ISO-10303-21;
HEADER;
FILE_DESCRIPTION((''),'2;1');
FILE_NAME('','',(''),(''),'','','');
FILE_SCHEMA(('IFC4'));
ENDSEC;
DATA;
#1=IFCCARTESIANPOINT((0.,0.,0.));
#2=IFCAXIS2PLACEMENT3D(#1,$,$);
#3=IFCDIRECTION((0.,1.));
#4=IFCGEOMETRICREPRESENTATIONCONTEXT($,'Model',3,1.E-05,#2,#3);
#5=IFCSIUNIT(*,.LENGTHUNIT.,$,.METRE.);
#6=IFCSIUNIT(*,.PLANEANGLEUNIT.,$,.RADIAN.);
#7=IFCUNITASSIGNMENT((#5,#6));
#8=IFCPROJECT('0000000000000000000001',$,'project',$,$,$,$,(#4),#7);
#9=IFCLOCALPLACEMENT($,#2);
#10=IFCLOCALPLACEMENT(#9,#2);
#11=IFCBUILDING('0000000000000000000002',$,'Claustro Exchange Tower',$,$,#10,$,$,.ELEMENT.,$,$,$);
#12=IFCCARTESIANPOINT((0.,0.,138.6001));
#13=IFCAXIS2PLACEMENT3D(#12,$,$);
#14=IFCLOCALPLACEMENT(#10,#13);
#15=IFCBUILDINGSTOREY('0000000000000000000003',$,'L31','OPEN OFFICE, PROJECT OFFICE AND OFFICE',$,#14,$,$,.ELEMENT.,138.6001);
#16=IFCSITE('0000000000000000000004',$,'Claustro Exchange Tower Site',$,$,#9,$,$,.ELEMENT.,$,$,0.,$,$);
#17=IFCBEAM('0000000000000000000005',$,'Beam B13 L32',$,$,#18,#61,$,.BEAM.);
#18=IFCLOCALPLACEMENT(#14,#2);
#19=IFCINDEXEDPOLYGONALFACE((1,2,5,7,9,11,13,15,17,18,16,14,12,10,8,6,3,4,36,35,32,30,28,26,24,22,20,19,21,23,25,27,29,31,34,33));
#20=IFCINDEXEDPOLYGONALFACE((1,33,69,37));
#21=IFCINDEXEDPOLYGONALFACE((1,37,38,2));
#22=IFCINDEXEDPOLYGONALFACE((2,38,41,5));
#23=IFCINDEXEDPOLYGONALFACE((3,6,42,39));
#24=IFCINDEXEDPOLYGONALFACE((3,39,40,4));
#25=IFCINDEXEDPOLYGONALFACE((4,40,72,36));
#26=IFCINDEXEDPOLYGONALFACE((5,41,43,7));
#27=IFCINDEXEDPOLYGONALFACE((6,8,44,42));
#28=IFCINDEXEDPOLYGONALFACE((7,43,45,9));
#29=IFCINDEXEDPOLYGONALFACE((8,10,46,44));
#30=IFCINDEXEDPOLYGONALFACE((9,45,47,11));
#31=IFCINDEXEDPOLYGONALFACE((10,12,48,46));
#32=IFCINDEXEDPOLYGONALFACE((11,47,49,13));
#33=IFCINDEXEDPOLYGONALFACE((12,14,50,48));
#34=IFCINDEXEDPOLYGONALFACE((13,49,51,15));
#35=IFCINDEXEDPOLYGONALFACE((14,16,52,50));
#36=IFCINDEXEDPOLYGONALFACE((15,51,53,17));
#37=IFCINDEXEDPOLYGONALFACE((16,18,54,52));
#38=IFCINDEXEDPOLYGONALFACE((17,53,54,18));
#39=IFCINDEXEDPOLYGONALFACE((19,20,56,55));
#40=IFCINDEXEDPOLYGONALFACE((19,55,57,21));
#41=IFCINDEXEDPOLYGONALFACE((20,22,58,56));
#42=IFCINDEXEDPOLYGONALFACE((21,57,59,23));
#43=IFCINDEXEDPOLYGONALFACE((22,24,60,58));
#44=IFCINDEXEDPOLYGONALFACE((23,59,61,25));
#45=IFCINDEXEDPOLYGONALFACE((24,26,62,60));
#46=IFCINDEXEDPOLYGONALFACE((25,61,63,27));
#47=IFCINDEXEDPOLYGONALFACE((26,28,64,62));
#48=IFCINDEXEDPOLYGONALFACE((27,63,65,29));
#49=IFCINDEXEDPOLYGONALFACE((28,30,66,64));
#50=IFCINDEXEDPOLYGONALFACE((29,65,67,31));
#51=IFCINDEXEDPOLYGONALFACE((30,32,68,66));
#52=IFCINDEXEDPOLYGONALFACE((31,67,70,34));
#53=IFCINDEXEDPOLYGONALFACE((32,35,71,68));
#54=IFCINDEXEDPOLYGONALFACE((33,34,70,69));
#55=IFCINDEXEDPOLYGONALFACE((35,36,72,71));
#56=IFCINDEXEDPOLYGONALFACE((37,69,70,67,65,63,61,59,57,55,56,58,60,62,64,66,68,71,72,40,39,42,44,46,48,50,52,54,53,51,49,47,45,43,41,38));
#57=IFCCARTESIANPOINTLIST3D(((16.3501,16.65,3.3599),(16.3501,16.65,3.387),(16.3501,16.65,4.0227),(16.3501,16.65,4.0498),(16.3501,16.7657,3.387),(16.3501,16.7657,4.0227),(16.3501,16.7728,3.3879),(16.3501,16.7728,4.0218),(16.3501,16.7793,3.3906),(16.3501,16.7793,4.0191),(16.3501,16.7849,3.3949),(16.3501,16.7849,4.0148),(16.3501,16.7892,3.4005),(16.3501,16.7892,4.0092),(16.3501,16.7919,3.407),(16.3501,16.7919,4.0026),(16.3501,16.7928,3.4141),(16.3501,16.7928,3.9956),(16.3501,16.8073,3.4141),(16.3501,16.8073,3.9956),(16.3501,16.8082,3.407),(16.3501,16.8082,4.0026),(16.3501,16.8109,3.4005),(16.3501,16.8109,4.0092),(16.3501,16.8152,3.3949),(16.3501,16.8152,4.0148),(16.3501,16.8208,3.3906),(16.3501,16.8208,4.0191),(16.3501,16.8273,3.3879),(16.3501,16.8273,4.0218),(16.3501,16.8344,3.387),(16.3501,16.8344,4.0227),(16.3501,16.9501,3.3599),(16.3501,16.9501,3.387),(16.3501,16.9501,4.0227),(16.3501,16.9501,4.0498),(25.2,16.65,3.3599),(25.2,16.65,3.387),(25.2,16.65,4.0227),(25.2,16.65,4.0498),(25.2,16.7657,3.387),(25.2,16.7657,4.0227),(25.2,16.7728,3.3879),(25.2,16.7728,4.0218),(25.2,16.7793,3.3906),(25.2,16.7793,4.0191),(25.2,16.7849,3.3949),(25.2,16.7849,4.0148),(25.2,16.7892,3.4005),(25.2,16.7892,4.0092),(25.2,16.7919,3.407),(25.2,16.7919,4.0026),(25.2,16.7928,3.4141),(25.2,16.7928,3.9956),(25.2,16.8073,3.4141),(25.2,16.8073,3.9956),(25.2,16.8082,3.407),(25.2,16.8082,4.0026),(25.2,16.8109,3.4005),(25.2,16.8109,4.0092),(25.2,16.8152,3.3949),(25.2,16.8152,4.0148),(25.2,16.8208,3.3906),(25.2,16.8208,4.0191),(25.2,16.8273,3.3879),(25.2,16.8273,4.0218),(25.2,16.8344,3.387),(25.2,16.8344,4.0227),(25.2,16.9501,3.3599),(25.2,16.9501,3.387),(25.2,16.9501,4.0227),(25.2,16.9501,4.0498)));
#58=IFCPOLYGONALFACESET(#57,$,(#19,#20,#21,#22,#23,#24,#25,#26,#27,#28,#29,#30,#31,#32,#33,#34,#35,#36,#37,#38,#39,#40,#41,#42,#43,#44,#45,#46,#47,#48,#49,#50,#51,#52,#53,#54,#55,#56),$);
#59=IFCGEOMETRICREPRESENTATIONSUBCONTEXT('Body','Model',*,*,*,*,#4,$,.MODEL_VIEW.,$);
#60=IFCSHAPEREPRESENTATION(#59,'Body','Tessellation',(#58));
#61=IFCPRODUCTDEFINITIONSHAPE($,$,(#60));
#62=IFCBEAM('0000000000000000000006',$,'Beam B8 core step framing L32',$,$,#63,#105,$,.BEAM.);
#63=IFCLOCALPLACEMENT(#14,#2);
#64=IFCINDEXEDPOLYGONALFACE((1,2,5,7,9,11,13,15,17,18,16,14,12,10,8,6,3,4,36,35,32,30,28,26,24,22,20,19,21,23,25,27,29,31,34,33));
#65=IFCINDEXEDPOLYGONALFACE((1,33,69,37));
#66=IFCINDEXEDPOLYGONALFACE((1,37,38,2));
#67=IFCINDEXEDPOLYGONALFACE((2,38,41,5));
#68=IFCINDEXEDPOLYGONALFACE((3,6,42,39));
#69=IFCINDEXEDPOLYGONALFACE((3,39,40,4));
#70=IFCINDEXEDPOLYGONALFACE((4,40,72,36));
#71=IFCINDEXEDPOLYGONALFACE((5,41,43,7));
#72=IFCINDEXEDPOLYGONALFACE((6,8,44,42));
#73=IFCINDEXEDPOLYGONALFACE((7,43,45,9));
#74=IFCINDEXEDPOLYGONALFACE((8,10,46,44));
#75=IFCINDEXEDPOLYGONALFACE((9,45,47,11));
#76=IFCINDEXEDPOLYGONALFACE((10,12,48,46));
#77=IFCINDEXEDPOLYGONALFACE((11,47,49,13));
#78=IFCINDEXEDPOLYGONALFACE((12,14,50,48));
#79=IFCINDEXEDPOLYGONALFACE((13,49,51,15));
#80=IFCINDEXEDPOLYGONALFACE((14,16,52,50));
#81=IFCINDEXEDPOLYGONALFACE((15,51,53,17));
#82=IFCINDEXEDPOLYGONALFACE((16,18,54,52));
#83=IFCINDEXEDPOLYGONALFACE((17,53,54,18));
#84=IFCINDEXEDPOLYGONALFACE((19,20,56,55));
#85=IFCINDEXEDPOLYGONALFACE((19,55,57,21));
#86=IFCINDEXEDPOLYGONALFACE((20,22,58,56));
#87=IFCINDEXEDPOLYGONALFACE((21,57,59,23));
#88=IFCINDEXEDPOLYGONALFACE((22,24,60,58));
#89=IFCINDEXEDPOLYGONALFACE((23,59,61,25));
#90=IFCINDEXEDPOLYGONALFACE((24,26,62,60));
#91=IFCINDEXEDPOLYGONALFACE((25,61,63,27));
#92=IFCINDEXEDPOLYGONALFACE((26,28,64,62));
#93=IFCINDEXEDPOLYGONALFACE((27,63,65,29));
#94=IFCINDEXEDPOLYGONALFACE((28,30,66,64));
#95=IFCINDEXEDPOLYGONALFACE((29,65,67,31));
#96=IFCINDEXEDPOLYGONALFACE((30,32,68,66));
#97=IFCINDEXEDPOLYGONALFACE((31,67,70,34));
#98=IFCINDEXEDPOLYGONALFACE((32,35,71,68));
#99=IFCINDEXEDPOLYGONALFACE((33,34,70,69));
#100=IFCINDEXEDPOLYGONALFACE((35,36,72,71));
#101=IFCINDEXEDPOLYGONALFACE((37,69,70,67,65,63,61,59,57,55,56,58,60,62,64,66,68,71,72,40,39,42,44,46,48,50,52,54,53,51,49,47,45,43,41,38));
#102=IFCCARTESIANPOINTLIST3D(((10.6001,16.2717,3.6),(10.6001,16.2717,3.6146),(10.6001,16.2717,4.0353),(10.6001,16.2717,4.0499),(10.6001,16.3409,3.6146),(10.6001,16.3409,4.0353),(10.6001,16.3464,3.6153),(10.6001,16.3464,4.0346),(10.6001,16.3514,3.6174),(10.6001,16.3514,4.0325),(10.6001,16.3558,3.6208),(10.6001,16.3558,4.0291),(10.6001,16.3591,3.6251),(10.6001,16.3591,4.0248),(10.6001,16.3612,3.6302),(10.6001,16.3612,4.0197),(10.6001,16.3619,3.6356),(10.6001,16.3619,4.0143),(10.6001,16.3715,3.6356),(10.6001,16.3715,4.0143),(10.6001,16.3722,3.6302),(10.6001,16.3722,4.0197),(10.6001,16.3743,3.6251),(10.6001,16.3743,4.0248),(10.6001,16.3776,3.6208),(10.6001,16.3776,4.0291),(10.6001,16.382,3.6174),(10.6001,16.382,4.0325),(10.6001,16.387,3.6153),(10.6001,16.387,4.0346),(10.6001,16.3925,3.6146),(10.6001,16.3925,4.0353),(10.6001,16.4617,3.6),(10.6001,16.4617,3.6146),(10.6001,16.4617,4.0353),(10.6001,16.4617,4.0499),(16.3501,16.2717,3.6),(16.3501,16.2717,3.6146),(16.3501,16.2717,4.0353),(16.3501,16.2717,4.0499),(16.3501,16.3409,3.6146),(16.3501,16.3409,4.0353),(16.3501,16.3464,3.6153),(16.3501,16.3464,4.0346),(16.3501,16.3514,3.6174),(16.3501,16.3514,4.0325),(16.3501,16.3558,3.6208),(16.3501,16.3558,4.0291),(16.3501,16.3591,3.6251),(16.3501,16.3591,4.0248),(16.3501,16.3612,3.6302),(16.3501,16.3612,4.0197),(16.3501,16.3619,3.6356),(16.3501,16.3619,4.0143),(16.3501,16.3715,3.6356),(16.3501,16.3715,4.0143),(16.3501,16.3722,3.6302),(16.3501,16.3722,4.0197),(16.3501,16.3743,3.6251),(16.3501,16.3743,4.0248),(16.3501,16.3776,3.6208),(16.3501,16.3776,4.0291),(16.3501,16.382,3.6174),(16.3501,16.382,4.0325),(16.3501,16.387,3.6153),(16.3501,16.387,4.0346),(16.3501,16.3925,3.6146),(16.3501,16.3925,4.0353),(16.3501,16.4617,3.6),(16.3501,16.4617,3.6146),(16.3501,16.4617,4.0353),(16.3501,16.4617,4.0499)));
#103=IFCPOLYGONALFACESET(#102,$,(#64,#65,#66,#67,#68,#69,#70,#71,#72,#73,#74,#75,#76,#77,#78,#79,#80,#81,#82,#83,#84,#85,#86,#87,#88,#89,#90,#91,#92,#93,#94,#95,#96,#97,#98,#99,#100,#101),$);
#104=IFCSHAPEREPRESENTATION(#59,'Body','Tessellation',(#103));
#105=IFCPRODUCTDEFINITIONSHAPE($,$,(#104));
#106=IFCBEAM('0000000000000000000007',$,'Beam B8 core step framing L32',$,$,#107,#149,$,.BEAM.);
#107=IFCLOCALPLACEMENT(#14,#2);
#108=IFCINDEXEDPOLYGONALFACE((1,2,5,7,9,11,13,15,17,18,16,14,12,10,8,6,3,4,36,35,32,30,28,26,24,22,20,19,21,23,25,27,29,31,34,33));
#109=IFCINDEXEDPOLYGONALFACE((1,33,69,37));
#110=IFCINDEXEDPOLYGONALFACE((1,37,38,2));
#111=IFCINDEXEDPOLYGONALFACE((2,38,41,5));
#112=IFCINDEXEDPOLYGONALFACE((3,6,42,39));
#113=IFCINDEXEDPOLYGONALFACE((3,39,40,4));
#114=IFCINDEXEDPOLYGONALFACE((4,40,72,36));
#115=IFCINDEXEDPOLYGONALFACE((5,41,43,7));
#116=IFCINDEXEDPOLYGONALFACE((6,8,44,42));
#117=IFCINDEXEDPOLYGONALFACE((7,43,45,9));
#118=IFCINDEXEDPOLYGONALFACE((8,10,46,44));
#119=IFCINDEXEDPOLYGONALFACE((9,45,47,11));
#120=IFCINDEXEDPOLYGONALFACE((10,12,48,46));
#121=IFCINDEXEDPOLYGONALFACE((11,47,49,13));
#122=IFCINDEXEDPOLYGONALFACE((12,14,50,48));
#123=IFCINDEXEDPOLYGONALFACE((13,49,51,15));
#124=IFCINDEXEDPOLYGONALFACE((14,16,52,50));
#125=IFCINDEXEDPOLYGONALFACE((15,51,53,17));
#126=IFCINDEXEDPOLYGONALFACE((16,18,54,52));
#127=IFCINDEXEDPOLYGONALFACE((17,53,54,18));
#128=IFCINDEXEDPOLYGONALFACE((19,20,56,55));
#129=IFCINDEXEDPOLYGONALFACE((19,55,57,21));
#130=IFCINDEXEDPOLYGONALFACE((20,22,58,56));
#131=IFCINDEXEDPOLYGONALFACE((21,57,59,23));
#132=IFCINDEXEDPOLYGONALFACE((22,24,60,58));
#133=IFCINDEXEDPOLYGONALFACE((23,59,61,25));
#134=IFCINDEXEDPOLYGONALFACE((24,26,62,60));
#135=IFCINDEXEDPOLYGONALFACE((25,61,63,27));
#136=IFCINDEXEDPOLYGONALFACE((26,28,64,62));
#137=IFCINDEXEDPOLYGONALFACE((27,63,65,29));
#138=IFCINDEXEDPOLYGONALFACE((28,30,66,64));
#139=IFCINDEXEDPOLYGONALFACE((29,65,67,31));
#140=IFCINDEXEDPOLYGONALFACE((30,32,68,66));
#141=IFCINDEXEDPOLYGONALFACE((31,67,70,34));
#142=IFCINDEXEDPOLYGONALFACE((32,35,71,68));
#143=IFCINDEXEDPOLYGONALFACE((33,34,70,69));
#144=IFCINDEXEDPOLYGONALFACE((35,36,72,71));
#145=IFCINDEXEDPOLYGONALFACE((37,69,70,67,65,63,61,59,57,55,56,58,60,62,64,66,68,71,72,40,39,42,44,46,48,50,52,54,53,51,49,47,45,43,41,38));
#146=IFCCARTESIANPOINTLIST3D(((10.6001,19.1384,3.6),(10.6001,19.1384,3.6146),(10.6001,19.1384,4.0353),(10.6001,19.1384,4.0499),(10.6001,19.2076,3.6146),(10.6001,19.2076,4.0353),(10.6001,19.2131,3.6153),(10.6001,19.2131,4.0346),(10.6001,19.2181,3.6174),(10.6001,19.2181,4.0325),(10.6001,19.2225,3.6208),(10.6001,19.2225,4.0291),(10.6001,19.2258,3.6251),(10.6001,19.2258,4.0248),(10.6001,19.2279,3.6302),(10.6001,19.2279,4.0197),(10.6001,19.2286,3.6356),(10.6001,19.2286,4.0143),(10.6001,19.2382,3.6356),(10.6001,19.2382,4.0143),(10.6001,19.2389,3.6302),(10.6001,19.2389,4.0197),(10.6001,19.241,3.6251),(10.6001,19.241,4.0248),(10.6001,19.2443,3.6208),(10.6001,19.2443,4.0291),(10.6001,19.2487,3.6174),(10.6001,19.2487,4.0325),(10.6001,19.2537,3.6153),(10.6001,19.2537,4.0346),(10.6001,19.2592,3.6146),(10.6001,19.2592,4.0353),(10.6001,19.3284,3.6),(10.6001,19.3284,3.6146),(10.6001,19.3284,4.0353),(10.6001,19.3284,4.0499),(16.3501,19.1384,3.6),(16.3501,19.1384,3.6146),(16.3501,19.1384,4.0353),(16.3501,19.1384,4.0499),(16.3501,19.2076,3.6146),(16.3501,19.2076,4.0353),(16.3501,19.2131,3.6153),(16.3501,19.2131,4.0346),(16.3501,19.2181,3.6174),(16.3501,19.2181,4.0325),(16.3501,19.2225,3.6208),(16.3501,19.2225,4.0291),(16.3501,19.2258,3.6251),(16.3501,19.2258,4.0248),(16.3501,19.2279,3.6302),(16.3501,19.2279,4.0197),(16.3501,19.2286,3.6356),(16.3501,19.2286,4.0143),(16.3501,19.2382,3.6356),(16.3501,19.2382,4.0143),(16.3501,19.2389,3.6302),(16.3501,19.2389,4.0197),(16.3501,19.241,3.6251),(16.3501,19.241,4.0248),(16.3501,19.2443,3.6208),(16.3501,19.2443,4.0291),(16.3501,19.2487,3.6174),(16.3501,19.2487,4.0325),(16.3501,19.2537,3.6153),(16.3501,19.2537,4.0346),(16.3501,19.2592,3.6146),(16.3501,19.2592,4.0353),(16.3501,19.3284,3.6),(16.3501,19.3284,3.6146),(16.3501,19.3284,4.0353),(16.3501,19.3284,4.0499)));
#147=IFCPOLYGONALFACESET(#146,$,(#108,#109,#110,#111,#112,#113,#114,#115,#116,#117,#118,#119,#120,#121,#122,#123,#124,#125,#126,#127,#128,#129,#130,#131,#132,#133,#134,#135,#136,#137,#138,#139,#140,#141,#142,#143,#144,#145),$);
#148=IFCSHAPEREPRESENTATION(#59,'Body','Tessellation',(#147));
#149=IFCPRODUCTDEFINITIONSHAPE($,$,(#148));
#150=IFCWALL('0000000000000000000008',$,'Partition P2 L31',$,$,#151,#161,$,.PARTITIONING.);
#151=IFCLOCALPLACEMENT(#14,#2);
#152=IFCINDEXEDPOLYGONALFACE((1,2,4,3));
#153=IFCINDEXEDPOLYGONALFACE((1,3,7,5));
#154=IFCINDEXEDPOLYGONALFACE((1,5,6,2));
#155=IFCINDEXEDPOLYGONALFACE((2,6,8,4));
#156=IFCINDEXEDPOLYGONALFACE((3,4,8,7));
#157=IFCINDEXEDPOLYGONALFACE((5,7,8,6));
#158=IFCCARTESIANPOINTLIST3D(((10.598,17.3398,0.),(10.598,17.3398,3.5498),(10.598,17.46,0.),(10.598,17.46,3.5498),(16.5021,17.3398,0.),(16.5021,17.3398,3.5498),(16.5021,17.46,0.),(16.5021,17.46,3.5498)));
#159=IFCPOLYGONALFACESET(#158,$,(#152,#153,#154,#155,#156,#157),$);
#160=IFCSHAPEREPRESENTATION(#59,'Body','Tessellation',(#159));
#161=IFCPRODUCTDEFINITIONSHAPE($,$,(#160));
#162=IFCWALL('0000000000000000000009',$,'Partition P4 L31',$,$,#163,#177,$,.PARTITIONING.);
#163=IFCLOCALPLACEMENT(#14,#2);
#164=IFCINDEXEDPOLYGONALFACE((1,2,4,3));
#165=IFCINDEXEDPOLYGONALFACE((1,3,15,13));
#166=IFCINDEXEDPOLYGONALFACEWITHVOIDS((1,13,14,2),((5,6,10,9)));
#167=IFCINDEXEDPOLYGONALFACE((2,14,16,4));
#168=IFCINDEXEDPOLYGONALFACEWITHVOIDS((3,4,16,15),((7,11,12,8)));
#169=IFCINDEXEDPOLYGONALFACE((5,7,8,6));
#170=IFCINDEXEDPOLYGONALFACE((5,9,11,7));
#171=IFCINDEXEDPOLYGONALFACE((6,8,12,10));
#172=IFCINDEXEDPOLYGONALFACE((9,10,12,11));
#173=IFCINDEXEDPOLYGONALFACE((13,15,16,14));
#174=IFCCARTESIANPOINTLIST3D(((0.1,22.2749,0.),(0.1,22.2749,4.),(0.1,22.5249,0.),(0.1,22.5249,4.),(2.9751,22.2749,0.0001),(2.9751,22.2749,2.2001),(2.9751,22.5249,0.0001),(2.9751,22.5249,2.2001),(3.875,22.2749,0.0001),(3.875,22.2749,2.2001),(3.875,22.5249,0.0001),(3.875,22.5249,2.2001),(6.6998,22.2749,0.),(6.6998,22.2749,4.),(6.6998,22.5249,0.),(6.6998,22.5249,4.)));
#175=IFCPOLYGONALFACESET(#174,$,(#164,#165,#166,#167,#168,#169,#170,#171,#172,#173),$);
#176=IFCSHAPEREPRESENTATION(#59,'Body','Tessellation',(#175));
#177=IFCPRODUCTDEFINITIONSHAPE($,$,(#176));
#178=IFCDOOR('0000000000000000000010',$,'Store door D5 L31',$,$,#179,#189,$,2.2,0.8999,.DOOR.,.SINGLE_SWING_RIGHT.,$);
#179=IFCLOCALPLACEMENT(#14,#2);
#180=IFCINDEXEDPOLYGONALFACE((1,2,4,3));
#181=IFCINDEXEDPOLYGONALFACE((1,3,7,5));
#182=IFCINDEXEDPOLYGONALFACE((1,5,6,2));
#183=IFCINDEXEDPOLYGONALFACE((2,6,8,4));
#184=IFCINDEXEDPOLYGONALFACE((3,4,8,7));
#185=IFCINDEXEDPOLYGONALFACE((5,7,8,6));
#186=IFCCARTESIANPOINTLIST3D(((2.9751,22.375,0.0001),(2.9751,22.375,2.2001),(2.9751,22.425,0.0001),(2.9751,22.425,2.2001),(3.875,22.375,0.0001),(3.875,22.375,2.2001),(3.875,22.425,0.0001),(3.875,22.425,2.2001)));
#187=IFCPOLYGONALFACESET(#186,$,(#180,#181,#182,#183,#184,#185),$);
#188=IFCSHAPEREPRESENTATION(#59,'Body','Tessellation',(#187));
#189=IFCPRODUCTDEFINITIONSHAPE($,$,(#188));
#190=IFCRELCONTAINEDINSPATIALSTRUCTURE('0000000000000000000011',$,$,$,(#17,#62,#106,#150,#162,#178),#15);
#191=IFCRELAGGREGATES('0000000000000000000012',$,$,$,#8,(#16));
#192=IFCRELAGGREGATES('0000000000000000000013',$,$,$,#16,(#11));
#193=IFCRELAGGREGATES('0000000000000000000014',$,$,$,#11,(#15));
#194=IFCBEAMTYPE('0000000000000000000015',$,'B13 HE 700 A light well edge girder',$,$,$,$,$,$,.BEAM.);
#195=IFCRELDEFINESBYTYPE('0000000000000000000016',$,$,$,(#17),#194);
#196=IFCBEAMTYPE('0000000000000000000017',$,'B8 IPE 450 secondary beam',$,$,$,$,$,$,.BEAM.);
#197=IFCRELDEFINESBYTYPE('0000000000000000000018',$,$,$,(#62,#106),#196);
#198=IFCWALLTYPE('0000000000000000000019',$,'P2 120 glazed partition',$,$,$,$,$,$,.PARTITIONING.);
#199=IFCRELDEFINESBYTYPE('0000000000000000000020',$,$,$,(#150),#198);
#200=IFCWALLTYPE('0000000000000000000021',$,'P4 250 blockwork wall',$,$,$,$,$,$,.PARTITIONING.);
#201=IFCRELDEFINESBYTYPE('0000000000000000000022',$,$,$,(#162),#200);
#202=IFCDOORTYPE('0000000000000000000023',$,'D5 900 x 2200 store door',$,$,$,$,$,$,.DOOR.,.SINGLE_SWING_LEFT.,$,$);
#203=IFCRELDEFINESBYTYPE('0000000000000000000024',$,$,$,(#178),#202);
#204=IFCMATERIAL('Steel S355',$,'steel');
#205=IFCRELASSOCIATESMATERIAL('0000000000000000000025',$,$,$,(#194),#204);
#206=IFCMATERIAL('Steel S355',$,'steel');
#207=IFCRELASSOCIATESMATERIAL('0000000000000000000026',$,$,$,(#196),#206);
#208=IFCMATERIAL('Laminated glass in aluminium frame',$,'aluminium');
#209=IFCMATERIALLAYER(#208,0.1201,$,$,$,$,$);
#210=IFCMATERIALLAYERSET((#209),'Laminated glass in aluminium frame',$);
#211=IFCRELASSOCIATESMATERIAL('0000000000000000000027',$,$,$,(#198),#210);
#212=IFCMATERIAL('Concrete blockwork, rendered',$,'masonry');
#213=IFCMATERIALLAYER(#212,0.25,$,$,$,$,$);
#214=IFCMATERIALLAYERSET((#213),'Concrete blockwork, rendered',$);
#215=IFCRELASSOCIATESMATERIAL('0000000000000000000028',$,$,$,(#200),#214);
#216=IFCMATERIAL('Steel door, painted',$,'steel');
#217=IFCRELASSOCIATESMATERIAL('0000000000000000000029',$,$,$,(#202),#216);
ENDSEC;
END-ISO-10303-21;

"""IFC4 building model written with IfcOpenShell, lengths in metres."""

from ifc_helpers import new_model, si_unit, direction, frame, frame_2d, origin, origin_2d, place, context, subcontext, project, spatial, rectangle, i_section, extrude, material, layer, layer_set, material_profile, profile_set, type_object, element, fill, save


model = new_model("IFC4")

# Units and contexts
model_context = context("Model", 3, precision=1e-05, world=origin(), true_north=direction((0.0, 1.0)))
body_context = subcontext(model_context, "Body", "Model", "MODEL_VIEW")
ifc_project = project(units=[si_unit("LENGTHUNIT", "METRE"), si_unit("PLANEANGLEUNIT", "RADIAN")], contexts=[model_context])

# Site, building, storey
site_placement = place(None, origin())
site = spatial("IfcSite", under=ifc_project, at=site_placement, Name="Claustro Exchange Tower Site", CompositionType="ELEMENT", RefElevation=0.0)
building_placement = place(site_placement, origin())
building = spatial("IfcBuilding", under=site, at=building_placement, Name="Claustro Exchange Tower", CompositionType="ELEMENT")
storey_placement = place(building_placement, frame((0.0, 0.0, 138.6001)))
storey = spatial("IfcBuildingStorey", under=building, at=storey_placement, Name="L31", Description="OPEN OFFICE, PROJECT OFFICE AND OFFICE", CompositionType="ELEMENT", Elevation=138.6001)

# Beams
ifc_material_1 = material(Name="Steel S355", Category="steel")
ifc_material_profile_1 = material_profile(ifc_material_1, i_section(OverallWidth=0.3, OverallDepth=0.6899, WebThickness=0.0144, FlangeThickness=0.0271, FilletRadius=0.0271, at=origin_2d()), Name="HE 700 A")
ifc_profile_set_1 = profile_set([ifc_material_profile_1], Name="Steel S355")
beam_type_1 = type_object("IfcBeamType", Name="B13 HE 700 A light well edge girder", PredefinedType="BEAM", material=ifc_profile_set_1)
beam_placement = place(storey_placement, frame((16.3501, 16.8, 3.7048), z_axis=(1.0, 0.0, 0.0), x_axis=(0.0, 1.0, 0.0)))
element("IfcBeam", 1, at=beam_placement, inside=storey, type_object=beam_type_1, Name="Beam B13 L32", PredefinedType="BEAM", context=body_context, shape_type="SweptSolid", body=[
    extrude(i_section(OverallWidth=0.3, OverallDepth=0.6899, WebThickness=0.0144, FlangeThickness=0.0271, FilletRadius=0.0271, at=origin_2d()), origin(), (0.0, 0.0, 1.0), 8.8499),
])
ifc_material_2 = material(Name="Steel S355", Category="steel")
ifc_material_profile_2 = material_profile(ifc_material_2, i_section(OverallWidth=0.1899, OverallDepth=0.45, WebThickness=0.0095, FlangeThickness=0.0146, FilletRadius=0.021, at=origin_2d()), Name="IPE 450")
ifc_profile_set_2 = profile_set([ifc_material_profile_2], Name="Steel S355")
beam_type_2 = type_object("IfcBeamType", Name="B8 IPE 450 secondary beam", PredefinedType="BEAM", material=ifc_profile_set_2)
for number, where, z_axis, x_axis, name in (
    (2, (10.6001, 16.3667, 3.825), (1.0, 0.0, 0.0), (0.0, 1.0, 0.0), "Beam B8 core step framing L32"),
    (3, (10.6001, 19.2334, 3.825), (1.0, 0.0, 0.0), (0.0, 1.0, 0.0), "Beam B8 core step framing L32"),
):
    element("IfcBeam", number, at=place(storey_placement, frame(where, z_axis=z_axis, x_axis=x_axis)), inside=storey, type_object=beam_type_2, Name=name, PredefinedType="BEAM", context=body_context, shape_type="SweptSolid", body=[
        extrude(i_section(OverallWidth=0.1899, OverallDepth=0.45, WebThickness=0.0095, FlangeThickness=0.0146, FilletRadius=0.021, at=origin_2d()), origin(), (0.0, 0.0, 1.0), 5.75),
    ])

# Wall
ifc_material_3 = material(Name="Laminated glass in aluminium frame", Category="aluminium")
ifc_layer_1 = layer(ifc_material_3, 0.1201)
ifc_layer_set_1 = layer_set([ifc_layer_1], Name="Laminated glass in aluminium frame")
wall_type_1 = type_object("IfcWallType", Name="P2 120 glazed partition", PredefinedType="PARTITIONING", material=ifc_layer_set_1)
wall_1_placement = place(storey_placement, frame((10.5979, 17.3999, 0.0), z_axis=(0.0, 0.0, 1.0), x_axis=(1.0, 0.0, 0.0)))
element("IfcWall", 4, at=wall_1_placement, inside=storey, type_object=wall_type_1, Name="Partition P2 L31", PredefinedType="PARTITIONING", context=body_context, shape_type="SweptSolid", body=[
    extrude(rectangle(XDim=5.9041, YDim=0.1201, at=frame_2d((2.9521, 0.0))), origin(), (0.0, 0.0, 1.0), 3.5498),
])

# Wall, opening, door
ifc_material_4 = material(Name="Concrete blockwork, rendered", Category="masonry")
ifc_layer_2 = layer(ifc_material_4, 0.25)
ifc_layer_set_2 = layer_set([ifc_layer_2], Name="Concrete blockwork, rendered")
wall_type_2 = type_object("IfcWallType", Name="P4 250 blockwork wall", PredefinedType="PARTITIONING", material=ifc_layer_set_2)
wall_2_placement = place(storey_placement, frame((0.1001, 22.3999, 0.0), z_axis=(0.0, 0.0, 1.0), x_axis=(1.0, 0.0, 0.0)))
wall_2 = element("IfcWall", 5, at=wall_2_placement, inside=storey, type_object=wall_type_2, Name="Partition P4 L31", PredefinedType="PARTITIONING", context=body_context, shape_type="SweptSolid", body=[
    extrude(rectangle(XDim=6.5999, YDim=0.25, at=frame_2d((3.2998, 0.0))), origin(), (0.0, 0.0, 1.0), 4.0),
])
opening_1_placement = place(wall_2_placement, frame((2.875, 0.0, 0.0)))
opening_1 = element("IfcOpeningElement", 6, at=opening_1_placement, cuts=wall_2, PredefinedType="OPENING", context=body_context, shape_type="SweptSolid", body=[
    extrude(rectangle(XDim=0.8999, YDim=2.2, at=frame_2d((0.45, 1.1001))), frame((0.0, 0.135, 0.0), z_axis=(0.0, -1.0, 0.0), x_axis=(1.0, 0.0, 0.0)), (0.0, 0.0, 1.0), 0.27),
])
ifc_material_5 = material(Name="Steel door, painted", Category="steel")
door_type = type_object("IfcDoorType", Name="D5 900 x 2200 store door", OperationType="SINGLE_SWING_LEFT", PredefinedType="DOOR", material=ifc_material_5)
door_1_placement = place(opening_1_placement, frame((0.8999, 0.0, 0.0), z_axis=(0.0, 0.0, 1.0), x_axis=(-1.0, 0.0, 0.0)))
door_1 = element("IfcDoor", 7, at=door_1_placement, inside=storey, type_object=door_type, Name="Store door D5 L31", OperationType="SINGLE_SWING_RIGHT", OverallHeight=2.2, OverallWidth=0.8999, PredefinedType="DOOR", context=body_context, shape_type="SweptSolid", body=[
    extrude(rectangle(XDim=0.8999, YDim=2.2, at=frame_2d((0.45, 1.1001))), frame((0.0, 0.0249, 0.0), z_axis=(0.0, -1.0, 0.0), x_axis=(1.0, 0.0, 0.0)), (0.0, 0.0, 1.0), 0.05),
])
fill(opening_1, door_1)

save(model, "model.ifc")
